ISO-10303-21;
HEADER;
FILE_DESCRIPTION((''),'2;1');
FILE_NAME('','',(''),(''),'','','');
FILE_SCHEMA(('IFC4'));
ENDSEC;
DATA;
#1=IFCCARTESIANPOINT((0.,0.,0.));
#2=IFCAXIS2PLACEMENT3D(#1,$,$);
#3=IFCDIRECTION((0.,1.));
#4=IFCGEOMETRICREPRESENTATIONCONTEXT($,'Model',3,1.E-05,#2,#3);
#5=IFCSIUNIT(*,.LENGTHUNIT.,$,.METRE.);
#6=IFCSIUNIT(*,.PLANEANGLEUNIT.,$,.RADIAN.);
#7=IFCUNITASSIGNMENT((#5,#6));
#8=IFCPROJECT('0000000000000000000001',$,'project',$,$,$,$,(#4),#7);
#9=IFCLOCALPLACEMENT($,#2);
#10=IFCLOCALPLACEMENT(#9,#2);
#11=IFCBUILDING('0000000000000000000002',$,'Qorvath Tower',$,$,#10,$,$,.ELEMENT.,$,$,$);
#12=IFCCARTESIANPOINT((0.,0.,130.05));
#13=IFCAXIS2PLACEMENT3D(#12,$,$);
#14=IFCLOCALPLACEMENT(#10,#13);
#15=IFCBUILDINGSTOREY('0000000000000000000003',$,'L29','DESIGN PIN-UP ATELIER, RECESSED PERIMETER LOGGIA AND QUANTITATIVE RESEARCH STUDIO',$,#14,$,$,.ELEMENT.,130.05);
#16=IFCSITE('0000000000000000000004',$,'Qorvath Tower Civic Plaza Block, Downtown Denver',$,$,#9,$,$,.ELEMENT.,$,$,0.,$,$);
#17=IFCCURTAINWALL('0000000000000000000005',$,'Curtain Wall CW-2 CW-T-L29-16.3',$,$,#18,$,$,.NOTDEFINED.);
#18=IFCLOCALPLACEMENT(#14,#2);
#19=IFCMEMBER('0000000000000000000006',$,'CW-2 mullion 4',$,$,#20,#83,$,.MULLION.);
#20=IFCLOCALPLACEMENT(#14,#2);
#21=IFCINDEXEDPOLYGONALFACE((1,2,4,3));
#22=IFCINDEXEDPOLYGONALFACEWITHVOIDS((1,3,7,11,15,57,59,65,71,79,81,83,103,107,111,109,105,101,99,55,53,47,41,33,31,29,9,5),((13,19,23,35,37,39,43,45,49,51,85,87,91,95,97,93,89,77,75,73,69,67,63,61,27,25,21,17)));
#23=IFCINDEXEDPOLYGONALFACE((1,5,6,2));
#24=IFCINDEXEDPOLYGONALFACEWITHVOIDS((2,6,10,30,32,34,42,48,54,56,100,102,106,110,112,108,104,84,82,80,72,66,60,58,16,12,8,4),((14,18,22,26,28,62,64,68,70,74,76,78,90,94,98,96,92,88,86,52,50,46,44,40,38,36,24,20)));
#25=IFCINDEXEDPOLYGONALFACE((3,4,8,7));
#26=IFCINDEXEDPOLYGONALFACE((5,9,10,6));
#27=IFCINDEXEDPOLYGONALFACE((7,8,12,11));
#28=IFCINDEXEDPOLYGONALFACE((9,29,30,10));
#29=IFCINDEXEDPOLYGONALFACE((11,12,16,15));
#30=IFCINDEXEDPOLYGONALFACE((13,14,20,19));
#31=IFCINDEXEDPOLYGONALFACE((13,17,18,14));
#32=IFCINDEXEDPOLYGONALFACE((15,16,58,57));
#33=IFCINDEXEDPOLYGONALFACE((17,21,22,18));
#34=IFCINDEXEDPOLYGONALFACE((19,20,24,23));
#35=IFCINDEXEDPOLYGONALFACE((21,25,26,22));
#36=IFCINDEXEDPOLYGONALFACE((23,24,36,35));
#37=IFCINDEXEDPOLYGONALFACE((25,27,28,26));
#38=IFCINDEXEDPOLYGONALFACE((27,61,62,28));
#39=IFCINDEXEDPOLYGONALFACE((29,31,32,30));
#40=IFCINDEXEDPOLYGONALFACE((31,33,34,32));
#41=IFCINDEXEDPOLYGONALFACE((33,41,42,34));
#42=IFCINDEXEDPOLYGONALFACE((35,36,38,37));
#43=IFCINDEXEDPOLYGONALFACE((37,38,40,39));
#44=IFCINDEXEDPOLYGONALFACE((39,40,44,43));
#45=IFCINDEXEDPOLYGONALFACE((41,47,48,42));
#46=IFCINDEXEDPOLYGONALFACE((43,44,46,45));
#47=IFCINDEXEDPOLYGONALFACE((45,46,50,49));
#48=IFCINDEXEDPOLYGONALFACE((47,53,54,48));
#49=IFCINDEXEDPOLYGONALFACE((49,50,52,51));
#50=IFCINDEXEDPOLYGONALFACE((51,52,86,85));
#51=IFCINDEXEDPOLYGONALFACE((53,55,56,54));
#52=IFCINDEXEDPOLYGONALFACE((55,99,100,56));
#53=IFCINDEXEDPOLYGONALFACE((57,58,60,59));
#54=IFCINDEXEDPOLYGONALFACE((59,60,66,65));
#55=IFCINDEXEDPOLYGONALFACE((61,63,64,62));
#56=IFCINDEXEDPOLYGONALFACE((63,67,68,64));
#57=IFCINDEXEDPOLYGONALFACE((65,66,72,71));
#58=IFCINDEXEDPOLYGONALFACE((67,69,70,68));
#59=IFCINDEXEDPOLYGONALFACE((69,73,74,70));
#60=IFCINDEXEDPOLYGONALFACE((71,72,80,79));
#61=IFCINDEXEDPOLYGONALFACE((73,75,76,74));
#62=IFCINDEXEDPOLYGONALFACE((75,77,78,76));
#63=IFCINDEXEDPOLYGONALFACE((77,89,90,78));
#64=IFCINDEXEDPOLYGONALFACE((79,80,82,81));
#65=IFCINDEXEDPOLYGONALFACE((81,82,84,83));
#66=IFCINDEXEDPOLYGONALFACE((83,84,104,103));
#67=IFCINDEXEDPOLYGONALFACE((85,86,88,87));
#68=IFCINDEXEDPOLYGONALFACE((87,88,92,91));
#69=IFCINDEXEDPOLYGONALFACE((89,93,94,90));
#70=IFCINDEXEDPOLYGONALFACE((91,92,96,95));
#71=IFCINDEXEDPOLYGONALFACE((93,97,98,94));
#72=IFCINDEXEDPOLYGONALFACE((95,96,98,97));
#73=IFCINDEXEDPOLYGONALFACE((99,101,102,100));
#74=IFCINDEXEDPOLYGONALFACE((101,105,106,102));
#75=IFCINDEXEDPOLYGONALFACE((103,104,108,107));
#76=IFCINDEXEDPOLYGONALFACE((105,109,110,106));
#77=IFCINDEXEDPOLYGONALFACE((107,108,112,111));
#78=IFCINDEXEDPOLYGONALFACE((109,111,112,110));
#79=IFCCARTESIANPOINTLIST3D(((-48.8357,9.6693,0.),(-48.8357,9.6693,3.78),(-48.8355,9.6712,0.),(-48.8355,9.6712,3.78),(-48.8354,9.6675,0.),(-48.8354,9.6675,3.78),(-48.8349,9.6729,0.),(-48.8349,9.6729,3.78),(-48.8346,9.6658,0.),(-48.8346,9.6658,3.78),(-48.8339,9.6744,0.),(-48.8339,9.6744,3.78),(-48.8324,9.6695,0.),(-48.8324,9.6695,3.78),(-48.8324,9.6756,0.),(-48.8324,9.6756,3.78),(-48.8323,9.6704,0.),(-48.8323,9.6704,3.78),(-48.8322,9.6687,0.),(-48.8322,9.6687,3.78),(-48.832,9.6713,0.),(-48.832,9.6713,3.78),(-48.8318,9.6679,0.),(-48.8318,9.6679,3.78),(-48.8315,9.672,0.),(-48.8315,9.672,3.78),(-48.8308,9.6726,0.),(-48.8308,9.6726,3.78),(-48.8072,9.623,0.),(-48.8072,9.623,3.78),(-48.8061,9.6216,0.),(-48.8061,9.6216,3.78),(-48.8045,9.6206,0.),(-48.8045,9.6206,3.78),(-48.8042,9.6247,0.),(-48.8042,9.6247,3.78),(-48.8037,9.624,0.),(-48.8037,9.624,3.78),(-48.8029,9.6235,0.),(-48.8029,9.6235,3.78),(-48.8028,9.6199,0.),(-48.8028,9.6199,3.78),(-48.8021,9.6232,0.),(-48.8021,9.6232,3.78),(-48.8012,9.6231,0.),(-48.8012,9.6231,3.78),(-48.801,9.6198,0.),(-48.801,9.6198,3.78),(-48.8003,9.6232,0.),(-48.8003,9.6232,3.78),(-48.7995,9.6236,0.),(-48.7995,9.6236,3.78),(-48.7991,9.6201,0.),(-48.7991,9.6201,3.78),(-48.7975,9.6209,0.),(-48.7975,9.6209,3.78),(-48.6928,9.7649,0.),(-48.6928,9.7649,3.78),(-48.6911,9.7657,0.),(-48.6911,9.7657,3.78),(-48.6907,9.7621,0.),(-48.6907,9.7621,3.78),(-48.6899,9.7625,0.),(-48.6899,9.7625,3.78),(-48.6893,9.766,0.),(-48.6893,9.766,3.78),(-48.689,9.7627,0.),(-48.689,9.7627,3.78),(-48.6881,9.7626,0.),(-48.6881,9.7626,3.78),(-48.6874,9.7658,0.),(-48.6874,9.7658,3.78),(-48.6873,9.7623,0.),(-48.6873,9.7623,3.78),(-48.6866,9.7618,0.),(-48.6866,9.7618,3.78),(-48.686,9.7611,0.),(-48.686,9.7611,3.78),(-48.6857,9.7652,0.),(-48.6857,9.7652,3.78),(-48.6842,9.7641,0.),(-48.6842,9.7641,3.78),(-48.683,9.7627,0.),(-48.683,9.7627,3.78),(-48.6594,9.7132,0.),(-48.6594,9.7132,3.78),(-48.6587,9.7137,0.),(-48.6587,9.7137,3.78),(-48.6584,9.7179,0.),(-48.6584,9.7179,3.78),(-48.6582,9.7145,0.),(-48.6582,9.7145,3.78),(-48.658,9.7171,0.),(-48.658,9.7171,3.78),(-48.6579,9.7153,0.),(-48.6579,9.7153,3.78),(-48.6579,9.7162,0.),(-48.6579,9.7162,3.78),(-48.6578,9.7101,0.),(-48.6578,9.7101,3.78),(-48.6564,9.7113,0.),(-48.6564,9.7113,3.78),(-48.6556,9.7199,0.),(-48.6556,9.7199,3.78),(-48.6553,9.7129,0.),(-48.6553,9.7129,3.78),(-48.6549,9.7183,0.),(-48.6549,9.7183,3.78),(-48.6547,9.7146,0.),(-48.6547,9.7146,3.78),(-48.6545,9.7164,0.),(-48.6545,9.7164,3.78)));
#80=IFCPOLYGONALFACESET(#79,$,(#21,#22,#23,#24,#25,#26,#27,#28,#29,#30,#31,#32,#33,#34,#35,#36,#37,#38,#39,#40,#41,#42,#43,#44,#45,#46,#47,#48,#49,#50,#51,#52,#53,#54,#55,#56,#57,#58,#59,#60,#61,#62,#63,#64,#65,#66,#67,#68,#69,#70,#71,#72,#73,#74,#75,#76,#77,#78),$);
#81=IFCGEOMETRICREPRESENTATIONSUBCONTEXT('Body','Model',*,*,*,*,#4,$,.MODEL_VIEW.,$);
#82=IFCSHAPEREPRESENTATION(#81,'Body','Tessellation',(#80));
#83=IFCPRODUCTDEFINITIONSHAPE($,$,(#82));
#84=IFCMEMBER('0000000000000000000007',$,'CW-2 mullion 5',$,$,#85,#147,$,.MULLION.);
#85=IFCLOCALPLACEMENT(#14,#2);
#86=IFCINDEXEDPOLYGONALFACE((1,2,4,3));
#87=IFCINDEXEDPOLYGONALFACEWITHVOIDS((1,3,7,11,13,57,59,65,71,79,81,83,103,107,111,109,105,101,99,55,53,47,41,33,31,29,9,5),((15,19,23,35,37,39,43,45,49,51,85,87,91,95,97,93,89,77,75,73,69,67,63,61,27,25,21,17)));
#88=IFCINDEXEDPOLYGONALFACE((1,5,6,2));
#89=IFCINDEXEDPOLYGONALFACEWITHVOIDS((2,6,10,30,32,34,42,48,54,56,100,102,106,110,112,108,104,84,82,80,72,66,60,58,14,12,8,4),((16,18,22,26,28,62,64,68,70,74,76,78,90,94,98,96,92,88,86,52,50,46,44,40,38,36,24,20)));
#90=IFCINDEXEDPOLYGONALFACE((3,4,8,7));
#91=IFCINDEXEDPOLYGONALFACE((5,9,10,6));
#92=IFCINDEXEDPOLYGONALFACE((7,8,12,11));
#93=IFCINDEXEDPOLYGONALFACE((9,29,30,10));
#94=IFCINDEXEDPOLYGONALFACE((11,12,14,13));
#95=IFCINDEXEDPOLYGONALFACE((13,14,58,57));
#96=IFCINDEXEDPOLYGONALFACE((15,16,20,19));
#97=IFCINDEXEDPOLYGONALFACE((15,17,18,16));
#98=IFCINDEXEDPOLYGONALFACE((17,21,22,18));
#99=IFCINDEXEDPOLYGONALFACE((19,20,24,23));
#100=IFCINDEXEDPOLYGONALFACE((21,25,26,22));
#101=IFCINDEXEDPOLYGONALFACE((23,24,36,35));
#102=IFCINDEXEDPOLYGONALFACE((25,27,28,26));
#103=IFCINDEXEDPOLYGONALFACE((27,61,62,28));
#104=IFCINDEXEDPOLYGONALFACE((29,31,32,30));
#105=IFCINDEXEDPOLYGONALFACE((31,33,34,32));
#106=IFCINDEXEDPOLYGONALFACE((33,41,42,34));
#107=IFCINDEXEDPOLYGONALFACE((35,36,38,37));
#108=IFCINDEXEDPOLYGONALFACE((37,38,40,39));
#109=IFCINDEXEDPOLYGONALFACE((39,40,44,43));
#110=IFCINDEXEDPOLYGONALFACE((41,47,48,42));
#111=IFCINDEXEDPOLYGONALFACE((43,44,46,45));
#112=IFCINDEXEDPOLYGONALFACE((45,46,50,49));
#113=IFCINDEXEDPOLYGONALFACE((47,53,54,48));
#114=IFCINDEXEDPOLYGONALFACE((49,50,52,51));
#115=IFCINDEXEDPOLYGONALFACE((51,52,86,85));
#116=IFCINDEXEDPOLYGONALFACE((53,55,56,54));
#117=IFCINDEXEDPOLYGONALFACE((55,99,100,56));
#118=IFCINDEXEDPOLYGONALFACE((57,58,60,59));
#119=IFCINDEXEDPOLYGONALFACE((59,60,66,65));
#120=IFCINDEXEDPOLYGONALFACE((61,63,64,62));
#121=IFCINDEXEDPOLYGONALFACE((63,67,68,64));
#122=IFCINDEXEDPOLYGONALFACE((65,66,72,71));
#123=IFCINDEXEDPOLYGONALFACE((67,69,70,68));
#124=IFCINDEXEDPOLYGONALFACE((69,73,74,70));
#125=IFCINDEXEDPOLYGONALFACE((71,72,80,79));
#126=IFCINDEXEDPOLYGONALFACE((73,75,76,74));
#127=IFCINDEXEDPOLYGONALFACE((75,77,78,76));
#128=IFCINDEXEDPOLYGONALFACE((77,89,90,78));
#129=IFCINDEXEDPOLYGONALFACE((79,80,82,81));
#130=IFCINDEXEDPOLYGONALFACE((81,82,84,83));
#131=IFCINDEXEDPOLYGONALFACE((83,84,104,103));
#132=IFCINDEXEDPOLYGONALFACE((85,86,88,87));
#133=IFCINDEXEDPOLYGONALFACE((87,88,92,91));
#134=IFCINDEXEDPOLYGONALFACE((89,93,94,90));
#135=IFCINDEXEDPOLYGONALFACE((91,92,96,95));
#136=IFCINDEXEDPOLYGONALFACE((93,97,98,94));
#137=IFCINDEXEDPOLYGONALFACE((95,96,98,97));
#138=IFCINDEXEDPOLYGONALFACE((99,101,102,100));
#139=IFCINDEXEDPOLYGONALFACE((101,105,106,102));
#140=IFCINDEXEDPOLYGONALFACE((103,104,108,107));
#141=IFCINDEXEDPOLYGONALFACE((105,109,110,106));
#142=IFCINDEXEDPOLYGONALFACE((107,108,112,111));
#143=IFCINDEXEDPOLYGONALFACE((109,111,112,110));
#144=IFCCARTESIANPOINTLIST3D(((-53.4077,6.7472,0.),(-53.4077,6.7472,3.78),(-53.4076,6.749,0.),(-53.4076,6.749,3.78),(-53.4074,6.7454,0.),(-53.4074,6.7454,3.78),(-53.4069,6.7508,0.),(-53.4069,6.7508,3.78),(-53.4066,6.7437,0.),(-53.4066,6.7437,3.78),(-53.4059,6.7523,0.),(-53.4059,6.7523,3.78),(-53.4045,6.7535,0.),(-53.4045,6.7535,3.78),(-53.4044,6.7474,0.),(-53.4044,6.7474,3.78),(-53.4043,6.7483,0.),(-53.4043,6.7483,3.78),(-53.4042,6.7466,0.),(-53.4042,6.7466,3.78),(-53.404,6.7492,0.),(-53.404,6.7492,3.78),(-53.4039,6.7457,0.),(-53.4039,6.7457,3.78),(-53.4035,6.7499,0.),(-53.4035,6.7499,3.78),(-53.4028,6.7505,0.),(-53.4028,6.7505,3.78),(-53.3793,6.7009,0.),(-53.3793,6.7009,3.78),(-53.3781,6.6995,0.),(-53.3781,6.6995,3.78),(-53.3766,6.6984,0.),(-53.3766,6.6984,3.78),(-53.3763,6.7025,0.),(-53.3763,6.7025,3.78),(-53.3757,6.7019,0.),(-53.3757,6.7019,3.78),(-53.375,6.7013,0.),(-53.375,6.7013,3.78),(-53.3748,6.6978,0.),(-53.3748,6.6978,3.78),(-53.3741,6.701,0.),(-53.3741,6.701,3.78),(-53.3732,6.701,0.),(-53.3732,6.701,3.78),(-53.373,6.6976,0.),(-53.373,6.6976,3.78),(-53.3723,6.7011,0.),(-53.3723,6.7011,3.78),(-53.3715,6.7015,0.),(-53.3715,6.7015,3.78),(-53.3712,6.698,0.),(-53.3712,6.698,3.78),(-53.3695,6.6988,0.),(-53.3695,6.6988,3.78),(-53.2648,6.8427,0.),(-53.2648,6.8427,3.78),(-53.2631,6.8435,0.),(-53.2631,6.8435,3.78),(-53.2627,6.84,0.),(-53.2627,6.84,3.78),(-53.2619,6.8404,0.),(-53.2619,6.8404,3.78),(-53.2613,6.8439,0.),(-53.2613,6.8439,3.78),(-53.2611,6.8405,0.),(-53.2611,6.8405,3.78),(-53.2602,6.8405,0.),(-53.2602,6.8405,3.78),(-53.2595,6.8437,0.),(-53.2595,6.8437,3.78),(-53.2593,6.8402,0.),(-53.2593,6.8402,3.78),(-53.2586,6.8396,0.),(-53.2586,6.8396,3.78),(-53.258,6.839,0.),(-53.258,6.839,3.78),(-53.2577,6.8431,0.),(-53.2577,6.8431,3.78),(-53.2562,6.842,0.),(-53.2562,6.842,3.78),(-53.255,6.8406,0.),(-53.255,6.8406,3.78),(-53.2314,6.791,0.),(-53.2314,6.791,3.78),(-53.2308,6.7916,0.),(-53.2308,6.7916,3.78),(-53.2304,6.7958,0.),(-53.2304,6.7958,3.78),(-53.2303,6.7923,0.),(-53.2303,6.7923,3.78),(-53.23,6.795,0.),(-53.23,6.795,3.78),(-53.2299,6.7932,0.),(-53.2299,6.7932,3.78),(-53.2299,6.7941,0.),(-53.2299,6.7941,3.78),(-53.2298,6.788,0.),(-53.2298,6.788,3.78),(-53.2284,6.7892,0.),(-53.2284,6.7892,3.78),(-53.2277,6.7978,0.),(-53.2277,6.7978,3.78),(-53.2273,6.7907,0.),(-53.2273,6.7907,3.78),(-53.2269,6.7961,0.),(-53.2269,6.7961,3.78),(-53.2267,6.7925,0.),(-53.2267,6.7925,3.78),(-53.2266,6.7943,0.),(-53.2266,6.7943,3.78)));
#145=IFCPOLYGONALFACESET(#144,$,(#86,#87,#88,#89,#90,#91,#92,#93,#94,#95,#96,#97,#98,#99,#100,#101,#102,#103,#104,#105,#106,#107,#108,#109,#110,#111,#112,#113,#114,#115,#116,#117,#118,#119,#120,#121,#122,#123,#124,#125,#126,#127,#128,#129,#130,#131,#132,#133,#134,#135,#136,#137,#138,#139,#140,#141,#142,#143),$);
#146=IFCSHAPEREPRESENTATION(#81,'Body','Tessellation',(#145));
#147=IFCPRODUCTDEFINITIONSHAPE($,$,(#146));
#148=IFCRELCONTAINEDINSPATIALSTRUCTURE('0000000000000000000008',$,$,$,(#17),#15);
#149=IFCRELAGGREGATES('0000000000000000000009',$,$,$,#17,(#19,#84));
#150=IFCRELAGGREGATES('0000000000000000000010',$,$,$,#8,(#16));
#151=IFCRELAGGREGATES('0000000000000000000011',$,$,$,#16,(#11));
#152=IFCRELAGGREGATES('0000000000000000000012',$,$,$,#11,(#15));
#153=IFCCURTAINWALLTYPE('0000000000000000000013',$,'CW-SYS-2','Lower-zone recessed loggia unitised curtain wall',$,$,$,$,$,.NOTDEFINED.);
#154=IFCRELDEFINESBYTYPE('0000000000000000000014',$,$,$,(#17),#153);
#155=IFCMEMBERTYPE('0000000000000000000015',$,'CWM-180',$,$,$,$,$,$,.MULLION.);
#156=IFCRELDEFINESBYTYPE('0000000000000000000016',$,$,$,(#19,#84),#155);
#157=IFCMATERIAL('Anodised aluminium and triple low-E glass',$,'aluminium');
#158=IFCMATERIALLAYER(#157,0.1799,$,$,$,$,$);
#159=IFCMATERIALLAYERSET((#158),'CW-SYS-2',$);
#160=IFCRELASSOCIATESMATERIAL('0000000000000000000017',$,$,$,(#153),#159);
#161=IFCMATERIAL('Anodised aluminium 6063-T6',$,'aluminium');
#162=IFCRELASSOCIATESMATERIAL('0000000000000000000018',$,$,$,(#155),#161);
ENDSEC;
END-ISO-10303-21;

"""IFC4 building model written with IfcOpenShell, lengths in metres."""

from ifc_helpers import new_model, si_unit, direction, frame, origin, origin_2d, place, context, subcontext, project, spatial, hollow_rectangle, extrude, material, layer, layer_set, material_profile, profile_set, type_object, element, aggregate, save


model = new_model("IFC4")

# Units and contexts
model_context = context("Model", 3, precision=1e-05, world=origin(), true_north=direction((0.0, 1.0)))
body_context = subcontext(model_context, "Body", "Model", "MODEL_VIEW")
ifc_project = project(units=[si_unit("LENGTHUNIT", "METRE"), si_unit("PLANEANGLEUNIT", "RADIAN")], contexts=[model_context])

# Site, building, storey
site_placement = place(None, origin())
site = spatial("IfcSite", under=ifc_project, at=site_placement, Name="Qorvath Tower Civic Plaza Block, Downtown Denver", CompositionType="ELEMENT", RefElevation=0.0)
building_placement = place(site_placement, origin())
building = spatial("IfcBuilding", under=site, at=building_placement, Name="Qorvath Tower", CompositionType="ELEMENT")
storey_placement = place(building_placement, frame((0.0, 0.0, 130.05)))
storey = spatial("IfcBuildingStorey", under=building, at=storey_placement, Name="L29", Description="DESIGN PIN-UP ATELIER, RECESSED PERIMETER LOGGIA AND QUANTITATIVE RESEARCH STUDIO", CompositionType="ELEMENT", Elevation=130.05)

# Curtain wall, members
ifc_material_1 = material(Name="Anodised aluminium and triple low-E glass", Category="aluminium")
ifc_layer_1 = layer(ifc_material_1, 0.1799)
ifc_layer_set_1 = layer_set([ifc_layer_1], Name="CW-SYS-2")
curtain_wall_type = type_object("IfcCurtainWallType", Name="CW-SYS-2", Description="Lower-zone recessed loggia unitised curtain wall", PredefinedType="NOTDEFINED", material=ifc_layer_set_1)
curtain_wall_placement = place(storey_placement, origin())
curtain_wall = element("IfcCurtainWall", 1, at=curtain_wall_placement, inside=storey, type_object=curtain_wall_type, Name="Curtain Wall CW-2 CW-T-L29-16.3", PredefinedType="NOTDEFINED")
ifc_material_2 = material(Name="Anodised aluminium 6063-T6", Category="aluminium")
ifc_material_profile_1 = material_profile(ifc_material_2, hollow_rectangle(XDim=0.0649, YDim=0.1799, WallThickness=0.0034, InnerFilletRadius=0.0034, OuterFilletRadius=0.0071, at=origin_2d()), Name="CWM 180x65")
ifc_profile_set_1 = profile_set([ifc_material_profile_1], Name="Anodised aluminium 6063-T6")
member_type_1 = type_object("IfcMemberType", Name="CWM-180", PredefinedType="MULLION", material=ifc_profile_set_1)
member_1_placement = place(storey_placement, frame((-48.7451, 9.6929, 0.0), z_axis=(0.0, 0.0, 1.0), x_axis=(0.538534, -0.842604, 0.0)))
member_1 = element("IfcMember", 2, at=member_1_placement, type_object=member_type_1, Name="CW-2 mullion 4", PredefinedType="MULLION", context=body_context, shape_type="SweptSolid", body=[
    extrude(hollow_rectangle(XDim=0.0649, YDim=0.1799, WallThickness=0.0034, InnerFilletRadius=0.0034, OuterFilletRadius=0.0071, at=origin_2d()), origin(), (0.0, 0.0, 1.0), 3.78),
])
member_2_placement = place(storey_placement, frame((-53.3171, 6.7708, 0.0), z_axis=(0.0, 0.0, 1.0), x_axis=(0.538534, -0.842604, 0.0)))
member_2 = element("IfcMember", 3, at=member_2_placement, type_object=member_type_1, Name="CW-2 mullion 5", PredefinedType="MULLION", context=body_context, shape_type="SweptSolid", body=[
    extrude(hollow_rectangle(XDim=0.0649, YDim=0.1799, WallThickness=0.0034, InnerFilletRadius=0.0034, OuterFilletRadius=0.0071, at=origin_2d()), origin(), (0.0, 0.0, 1.0), 3.78),
])
aggregate(curtain_wall, [member_1, member_2])

save(model, "model.ifc")
